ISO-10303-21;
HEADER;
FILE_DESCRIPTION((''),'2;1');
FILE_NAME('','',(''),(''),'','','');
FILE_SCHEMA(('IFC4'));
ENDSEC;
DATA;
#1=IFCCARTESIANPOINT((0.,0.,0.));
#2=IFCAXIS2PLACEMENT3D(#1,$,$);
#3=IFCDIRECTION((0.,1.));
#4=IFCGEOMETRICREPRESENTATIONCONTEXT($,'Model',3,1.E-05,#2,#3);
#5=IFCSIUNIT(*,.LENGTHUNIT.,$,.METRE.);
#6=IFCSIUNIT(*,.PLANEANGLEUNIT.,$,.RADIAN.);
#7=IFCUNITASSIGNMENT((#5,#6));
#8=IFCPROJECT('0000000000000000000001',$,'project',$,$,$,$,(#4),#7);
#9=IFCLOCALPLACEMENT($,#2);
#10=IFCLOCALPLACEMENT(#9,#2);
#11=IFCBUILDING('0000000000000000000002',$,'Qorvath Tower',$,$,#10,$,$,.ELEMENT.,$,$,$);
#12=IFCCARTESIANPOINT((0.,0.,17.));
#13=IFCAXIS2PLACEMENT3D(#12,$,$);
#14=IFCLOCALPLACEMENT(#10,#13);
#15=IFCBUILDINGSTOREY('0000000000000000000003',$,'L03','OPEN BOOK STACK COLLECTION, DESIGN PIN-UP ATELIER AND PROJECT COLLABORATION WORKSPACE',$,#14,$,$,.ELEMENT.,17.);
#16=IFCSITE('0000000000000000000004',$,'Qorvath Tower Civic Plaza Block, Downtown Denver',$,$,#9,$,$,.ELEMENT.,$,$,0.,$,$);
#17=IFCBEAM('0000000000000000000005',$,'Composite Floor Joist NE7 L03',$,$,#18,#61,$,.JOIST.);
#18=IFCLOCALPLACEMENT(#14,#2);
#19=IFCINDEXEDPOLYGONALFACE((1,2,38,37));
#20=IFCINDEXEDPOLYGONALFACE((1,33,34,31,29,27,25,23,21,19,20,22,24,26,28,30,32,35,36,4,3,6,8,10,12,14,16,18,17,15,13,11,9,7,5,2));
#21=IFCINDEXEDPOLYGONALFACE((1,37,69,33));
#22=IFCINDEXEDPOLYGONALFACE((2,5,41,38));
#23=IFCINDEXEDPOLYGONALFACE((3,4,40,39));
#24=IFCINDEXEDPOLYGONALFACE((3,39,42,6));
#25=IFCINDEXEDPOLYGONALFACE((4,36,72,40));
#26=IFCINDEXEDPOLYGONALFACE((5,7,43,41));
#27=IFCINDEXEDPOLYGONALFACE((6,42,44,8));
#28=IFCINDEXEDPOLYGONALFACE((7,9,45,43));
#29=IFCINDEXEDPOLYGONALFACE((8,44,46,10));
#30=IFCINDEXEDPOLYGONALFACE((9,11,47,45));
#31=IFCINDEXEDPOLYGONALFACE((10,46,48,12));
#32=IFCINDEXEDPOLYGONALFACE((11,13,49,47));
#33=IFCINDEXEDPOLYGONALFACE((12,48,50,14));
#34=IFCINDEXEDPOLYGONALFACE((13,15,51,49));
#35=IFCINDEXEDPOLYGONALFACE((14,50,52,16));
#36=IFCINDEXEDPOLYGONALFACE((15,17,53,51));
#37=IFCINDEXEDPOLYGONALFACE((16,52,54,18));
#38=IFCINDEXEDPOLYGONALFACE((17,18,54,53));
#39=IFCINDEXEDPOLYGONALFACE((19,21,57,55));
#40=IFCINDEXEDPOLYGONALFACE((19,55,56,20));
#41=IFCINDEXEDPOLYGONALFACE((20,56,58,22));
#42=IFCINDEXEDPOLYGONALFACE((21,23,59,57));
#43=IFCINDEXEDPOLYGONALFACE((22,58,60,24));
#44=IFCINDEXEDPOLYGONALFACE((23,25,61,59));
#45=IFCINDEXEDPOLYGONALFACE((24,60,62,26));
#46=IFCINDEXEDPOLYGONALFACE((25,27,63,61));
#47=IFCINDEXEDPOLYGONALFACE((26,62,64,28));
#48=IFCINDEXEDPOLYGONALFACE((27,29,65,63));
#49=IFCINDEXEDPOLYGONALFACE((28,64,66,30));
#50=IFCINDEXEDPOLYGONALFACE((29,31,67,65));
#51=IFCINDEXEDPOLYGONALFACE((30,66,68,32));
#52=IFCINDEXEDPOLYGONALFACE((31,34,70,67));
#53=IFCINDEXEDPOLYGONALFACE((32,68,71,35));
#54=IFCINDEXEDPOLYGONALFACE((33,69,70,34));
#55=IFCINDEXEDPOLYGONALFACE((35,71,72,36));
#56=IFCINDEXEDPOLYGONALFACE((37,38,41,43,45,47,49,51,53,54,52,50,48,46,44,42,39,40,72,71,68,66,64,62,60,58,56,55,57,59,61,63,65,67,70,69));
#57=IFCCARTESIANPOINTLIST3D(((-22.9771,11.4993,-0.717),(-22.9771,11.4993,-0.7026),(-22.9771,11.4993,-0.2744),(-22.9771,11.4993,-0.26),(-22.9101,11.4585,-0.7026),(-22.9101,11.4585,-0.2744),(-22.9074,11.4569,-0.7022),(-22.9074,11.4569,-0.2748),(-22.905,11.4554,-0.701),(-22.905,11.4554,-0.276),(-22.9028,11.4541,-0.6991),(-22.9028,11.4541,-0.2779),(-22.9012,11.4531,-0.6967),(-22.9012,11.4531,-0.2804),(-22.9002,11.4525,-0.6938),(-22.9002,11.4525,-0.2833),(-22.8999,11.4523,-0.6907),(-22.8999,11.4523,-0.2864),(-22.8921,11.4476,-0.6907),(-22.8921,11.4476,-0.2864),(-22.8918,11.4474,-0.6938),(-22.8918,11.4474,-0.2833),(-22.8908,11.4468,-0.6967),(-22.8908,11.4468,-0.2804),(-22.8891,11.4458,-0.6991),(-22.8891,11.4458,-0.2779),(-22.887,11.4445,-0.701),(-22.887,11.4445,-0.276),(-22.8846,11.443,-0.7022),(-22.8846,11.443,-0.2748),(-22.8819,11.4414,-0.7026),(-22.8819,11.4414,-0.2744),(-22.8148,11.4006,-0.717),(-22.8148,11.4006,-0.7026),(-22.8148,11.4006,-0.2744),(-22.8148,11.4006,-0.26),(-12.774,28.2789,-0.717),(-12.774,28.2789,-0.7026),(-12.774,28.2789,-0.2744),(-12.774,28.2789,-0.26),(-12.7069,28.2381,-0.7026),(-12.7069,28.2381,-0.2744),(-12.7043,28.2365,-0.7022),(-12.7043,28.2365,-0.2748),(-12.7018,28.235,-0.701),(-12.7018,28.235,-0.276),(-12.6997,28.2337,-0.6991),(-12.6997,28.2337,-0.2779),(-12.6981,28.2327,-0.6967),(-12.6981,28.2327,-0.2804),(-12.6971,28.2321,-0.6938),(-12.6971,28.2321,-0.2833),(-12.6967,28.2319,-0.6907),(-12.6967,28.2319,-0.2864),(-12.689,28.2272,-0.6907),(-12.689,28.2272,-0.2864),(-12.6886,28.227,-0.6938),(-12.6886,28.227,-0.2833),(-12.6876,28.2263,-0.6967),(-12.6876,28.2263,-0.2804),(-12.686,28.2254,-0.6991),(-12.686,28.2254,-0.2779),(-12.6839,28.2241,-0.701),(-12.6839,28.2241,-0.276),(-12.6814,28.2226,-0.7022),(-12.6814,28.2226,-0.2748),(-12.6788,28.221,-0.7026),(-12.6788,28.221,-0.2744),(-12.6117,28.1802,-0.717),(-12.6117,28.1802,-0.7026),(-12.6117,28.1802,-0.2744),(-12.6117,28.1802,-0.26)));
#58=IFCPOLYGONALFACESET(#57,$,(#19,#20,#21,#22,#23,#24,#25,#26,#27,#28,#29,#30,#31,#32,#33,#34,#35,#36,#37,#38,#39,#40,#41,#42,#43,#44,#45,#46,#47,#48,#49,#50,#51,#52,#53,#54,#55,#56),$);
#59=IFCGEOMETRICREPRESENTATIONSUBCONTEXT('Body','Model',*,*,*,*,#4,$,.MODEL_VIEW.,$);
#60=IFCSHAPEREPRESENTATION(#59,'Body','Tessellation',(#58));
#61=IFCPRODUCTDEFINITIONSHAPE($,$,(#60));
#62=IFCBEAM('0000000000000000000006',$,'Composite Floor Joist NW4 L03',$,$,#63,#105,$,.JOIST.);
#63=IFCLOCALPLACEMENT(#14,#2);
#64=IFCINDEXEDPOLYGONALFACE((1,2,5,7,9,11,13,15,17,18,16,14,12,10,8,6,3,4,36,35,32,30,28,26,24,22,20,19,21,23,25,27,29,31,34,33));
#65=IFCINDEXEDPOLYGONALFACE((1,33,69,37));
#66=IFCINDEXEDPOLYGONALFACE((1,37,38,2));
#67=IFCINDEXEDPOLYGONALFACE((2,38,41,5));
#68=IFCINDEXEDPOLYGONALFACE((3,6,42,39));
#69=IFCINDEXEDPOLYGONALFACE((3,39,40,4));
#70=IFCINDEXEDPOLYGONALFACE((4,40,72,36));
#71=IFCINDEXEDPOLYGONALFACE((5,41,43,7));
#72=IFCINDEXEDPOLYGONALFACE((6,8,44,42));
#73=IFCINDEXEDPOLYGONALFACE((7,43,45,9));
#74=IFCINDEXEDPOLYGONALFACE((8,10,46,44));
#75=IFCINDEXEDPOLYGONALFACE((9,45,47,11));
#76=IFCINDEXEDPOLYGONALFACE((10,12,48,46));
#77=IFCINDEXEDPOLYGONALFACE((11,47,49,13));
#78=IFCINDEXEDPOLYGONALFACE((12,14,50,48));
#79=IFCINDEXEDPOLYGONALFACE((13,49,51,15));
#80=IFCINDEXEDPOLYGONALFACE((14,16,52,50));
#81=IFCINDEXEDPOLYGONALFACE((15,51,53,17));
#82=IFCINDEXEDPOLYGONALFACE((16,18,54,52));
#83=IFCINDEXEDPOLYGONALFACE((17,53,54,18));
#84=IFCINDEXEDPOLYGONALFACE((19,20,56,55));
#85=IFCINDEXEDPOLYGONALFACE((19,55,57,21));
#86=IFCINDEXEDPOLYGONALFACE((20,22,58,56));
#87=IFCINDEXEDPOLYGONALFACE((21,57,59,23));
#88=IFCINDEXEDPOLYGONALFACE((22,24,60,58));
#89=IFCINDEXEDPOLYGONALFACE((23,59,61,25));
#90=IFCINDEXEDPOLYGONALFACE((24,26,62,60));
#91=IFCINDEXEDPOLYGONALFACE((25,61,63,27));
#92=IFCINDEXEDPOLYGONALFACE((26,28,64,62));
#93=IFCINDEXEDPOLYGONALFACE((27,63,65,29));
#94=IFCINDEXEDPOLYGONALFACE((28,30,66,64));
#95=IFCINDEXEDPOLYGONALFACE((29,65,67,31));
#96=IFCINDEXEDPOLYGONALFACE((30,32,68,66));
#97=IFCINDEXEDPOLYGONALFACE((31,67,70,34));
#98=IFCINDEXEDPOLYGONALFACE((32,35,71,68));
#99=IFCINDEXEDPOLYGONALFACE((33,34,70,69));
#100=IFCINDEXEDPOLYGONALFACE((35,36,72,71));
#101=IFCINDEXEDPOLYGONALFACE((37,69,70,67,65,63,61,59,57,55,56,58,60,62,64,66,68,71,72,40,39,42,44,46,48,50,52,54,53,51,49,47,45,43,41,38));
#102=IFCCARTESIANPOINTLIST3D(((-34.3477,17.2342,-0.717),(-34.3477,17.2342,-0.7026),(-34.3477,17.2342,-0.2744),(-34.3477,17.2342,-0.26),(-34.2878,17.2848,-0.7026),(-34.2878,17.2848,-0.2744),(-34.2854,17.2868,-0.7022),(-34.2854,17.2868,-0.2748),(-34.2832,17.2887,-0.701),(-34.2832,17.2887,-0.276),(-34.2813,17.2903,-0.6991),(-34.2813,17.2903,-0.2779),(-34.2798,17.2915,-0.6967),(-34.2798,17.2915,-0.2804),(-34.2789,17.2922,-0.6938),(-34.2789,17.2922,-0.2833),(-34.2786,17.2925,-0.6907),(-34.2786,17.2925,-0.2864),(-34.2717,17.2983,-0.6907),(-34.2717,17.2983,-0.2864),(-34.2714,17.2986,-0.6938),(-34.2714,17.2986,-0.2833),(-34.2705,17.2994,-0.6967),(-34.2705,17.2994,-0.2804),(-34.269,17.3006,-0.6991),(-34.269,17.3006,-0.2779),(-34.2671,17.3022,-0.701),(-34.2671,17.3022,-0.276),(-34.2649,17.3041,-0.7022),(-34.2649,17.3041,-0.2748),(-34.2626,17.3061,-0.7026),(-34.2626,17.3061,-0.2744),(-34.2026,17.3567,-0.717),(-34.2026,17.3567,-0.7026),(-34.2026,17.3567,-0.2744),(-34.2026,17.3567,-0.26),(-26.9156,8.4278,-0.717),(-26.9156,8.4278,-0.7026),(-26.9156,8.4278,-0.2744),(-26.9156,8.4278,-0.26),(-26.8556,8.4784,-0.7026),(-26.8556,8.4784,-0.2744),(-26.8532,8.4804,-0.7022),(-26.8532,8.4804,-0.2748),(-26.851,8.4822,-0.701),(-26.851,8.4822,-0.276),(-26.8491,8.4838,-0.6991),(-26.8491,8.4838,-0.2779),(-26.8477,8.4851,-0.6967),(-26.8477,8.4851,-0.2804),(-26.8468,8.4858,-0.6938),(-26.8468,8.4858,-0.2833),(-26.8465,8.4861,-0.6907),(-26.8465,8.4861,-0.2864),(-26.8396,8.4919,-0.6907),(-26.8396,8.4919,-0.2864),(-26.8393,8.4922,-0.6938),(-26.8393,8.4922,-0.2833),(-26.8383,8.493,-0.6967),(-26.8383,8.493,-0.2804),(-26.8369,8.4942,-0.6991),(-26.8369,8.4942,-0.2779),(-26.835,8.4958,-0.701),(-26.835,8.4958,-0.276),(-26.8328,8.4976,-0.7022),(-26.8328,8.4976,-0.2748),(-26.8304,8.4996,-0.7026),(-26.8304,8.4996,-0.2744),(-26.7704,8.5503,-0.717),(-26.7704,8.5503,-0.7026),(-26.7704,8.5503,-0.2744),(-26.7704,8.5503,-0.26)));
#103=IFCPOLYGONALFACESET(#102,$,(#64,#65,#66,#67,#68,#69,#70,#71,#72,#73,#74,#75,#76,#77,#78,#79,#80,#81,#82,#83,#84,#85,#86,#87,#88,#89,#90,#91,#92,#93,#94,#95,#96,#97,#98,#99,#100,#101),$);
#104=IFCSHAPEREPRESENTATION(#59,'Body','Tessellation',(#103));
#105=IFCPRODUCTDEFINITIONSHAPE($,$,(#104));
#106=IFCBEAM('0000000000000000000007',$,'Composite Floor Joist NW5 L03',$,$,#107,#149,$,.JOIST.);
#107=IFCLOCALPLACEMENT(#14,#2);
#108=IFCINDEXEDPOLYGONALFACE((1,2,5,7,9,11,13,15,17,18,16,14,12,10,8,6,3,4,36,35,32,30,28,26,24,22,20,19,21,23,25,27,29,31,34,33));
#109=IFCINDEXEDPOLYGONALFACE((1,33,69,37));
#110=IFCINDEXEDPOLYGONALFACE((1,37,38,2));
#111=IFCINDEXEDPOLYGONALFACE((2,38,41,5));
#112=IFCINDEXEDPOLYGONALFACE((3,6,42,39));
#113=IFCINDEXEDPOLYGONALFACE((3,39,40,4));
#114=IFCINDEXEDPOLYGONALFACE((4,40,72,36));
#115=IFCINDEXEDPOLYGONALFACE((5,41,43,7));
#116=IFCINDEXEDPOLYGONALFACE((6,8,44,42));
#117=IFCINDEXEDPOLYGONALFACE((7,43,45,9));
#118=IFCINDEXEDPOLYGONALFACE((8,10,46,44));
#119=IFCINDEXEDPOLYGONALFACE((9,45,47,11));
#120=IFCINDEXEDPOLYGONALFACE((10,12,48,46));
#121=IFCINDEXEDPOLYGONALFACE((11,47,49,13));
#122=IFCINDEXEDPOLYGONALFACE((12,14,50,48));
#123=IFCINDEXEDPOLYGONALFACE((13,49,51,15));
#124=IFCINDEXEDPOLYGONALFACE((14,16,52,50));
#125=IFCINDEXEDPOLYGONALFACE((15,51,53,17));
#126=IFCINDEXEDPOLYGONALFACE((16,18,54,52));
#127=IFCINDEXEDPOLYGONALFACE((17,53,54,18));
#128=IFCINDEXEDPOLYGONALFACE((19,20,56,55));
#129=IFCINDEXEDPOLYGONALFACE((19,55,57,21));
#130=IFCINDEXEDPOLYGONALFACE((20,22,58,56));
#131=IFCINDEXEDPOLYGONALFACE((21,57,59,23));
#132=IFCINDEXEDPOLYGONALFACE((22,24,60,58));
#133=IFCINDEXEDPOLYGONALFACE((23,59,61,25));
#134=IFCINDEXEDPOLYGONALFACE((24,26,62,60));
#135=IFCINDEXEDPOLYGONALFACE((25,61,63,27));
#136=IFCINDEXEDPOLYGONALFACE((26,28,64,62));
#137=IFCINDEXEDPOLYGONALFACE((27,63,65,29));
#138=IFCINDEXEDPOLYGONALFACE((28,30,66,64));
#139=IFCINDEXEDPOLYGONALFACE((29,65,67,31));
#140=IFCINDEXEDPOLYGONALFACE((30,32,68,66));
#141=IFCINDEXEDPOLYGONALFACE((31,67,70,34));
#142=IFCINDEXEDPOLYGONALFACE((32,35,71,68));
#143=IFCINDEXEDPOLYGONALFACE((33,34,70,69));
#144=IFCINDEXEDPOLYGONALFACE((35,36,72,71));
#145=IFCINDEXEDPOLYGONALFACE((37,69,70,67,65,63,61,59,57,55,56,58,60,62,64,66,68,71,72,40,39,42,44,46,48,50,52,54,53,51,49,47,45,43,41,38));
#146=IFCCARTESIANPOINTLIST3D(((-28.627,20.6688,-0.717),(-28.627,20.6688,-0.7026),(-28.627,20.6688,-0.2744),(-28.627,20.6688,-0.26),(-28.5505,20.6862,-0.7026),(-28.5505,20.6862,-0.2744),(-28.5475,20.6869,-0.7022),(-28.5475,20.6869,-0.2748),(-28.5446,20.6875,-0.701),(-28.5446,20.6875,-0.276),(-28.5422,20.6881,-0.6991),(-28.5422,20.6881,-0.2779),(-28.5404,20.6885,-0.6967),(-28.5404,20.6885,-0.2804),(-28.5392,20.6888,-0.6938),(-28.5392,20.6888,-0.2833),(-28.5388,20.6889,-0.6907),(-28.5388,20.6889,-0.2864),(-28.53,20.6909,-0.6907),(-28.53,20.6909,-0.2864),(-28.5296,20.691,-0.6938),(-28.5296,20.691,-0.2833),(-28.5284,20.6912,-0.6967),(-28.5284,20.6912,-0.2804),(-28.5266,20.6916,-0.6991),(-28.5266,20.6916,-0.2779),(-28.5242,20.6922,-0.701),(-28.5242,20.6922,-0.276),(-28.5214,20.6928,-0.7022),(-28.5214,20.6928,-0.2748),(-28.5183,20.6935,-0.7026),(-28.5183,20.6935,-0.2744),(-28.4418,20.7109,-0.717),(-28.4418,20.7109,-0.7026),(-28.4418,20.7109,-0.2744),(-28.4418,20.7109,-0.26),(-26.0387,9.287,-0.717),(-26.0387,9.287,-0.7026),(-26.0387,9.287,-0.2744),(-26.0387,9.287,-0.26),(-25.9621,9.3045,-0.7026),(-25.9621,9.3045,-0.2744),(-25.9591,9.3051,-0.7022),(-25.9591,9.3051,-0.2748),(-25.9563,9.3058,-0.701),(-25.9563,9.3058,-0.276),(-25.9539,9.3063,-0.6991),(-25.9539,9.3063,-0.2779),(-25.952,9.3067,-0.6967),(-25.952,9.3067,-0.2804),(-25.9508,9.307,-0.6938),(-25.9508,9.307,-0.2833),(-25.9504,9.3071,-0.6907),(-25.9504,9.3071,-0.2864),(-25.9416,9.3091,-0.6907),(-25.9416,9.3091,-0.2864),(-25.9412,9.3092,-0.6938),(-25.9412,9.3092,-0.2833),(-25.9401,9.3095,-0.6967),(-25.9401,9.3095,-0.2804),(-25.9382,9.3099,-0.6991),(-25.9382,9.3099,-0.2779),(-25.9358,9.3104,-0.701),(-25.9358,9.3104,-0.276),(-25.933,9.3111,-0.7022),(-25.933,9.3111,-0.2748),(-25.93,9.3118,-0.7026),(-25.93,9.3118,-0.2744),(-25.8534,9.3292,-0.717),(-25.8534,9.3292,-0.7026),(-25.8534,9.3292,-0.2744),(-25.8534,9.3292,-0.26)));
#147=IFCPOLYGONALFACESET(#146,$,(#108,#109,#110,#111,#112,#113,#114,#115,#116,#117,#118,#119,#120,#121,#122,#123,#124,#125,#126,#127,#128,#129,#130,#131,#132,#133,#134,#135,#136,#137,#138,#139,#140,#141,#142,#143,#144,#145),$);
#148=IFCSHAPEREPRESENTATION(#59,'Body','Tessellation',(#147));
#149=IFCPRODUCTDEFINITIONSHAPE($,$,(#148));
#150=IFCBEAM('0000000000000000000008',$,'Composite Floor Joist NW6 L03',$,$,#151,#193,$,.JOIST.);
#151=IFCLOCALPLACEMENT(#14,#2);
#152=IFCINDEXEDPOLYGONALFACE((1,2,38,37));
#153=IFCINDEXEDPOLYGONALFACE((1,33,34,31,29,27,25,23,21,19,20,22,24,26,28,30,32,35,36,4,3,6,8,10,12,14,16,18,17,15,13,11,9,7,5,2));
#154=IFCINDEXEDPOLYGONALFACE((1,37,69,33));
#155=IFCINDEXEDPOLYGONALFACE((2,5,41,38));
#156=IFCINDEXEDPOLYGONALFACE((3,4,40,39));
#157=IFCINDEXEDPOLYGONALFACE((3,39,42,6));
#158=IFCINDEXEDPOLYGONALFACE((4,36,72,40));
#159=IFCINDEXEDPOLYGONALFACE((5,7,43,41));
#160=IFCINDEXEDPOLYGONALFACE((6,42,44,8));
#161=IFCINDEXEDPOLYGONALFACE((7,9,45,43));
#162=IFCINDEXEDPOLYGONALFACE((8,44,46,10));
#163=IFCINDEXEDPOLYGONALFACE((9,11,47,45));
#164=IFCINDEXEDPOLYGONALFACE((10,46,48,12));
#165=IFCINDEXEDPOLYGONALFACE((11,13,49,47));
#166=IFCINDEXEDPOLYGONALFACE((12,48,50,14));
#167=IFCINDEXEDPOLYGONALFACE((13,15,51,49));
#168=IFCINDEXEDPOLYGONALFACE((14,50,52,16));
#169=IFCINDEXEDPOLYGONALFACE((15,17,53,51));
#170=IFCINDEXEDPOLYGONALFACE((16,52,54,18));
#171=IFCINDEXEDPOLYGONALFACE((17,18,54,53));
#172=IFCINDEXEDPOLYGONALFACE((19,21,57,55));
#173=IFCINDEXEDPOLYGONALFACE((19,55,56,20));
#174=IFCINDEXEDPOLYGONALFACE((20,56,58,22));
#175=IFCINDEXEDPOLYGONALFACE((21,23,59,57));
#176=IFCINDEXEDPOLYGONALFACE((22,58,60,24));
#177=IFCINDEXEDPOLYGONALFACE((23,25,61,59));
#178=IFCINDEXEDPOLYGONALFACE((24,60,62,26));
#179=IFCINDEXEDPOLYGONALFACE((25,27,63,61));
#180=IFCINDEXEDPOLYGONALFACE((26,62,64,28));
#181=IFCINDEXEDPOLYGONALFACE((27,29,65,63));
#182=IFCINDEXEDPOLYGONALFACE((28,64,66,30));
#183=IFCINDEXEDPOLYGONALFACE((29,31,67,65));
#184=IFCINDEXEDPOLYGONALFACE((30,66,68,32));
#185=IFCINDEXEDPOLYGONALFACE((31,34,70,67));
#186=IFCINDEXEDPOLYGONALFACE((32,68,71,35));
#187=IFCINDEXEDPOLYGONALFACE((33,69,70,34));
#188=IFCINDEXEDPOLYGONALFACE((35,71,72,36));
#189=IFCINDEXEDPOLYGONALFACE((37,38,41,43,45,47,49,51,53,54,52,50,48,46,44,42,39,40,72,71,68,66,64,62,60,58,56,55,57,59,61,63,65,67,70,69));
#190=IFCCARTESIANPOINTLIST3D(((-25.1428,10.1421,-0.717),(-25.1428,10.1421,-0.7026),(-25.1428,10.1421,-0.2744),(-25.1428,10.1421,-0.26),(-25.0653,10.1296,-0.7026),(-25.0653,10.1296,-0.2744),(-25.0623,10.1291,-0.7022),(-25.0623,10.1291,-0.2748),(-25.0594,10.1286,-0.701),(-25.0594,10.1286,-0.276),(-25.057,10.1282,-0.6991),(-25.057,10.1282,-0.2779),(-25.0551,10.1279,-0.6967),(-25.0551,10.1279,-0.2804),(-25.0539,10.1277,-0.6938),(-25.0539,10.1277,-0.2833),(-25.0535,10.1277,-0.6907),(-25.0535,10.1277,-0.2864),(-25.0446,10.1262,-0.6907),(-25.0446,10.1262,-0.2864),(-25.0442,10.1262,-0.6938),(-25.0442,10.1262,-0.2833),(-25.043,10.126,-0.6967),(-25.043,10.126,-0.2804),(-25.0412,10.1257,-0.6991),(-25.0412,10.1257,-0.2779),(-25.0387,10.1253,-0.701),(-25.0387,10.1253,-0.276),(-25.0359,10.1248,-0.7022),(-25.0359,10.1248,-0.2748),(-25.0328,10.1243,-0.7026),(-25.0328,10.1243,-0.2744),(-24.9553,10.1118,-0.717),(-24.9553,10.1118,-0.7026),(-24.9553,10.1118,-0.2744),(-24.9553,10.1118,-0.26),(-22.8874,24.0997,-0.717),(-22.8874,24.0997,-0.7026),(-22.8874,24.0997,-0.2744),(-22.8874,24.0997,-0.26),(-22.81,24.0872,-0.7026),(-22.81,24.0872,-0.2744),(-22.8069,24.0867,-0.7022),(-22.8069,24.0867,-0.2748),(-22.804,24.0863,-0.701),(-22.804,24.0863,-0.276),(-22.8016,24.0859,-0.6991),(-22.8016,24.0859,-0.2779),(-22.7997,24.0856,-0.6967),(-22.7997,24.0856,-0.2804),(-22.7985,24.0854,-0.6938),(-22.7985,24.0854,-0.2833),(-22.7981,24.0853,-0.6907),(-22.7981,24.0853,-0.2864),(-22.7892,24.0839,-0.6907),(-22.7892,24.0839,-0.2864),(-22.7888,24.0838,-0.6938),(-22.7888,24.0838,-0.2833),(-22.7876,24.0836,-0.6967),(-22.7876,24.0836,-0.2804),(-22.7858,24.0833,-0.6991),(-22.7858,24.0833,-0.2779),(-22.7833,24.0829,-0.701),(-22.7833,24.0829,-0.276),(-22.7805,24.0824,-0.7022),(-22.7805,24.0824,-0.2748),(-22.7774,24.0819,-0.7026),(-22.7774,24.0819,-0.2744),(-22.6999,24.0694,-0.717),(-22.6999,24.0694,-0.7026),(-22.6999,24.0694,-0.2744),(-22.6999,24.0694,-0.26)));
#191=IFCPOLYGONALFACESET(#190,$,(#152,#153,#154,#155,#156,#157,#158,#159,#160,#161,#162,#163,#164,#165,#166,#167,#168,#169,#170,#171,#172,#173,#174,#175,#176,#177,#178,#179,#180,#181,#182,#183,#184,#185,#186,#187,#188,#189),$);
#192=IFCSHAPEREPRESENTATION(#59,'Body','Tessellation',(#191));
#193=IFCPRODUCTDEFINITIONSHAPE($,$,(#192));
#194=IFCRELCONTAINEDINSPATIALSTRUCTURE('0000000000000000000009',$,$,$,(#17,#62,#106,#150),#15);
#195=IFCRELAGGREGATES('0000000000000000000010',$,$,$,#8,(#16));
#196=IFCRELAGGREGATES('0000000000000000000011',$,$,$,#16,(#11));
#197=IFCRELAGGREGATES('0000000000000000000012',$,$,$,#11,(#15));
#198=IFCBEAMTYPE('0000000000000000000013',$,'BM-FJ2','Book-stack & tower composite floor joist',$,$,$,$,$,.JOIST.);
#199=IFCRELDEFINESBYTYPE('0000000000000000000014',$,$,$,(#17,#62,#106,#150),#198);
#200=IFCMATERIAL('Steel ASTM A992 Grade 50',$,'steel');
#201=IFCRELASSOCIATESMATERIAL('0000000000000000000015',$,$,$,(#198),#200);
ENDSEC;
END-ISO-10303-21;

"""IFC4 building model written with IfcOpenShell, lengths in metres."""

from ifc_helpers import new_model, si_unit, direction, frame, origin, origin_2d, place, context, subcontext, project, spatial, i_section, extrude, material, material_profile, profile_set, type_object, element, save


model = new_model("IFC4")

# Units and contexts
model_context = context("Model", 3, precision=1e-05, world=origin(), true_north=direction((0.0, 1.0)))
body_context = subcontext(model_context, "Body", "Model", "MODEL_VIEW")
ifc_project = project(units=[si_unit("LENGTHUNIT", "METRE"), si_unit("PLANEANGLEUNIT", "RADIAN")], contexts=[model_context])

# Site, building, storey
site_placement = place(None, origin())
site = spatial("IfcSite", under=ifc_project, at=site_placement, Name="Qorvath Tower Civic Plaza Block, Downtown Denver", CompositionType="ELEMENT", RefElevation=0.0)
building_placement = place(site_placement, origin())
building = spatial("IfcBuilding", under=site, at=building_placement, Name="Qorvath Tower", CompositionType="ELEMENT")
storey_placement = place(building_placement, frame((0.0, 0.0, 17.0)))
storey = spatial("IfcBuildingStorey", under=building, at=storey_placement, Name="L03", Description="OPEN BOOK STACK COLLECTION, DESIGN PIN-UP ATELIER AND PROJECT COLLABORATION WORKSPACE", CompositionType="ELEMENT", Elevation=17.0)

# Beams
ifc_material_1 = material(Name="Steel ASTM A992 Grade 50", Category="steel")
ifc_material_profile_1 = material_profile(ifc_material_1, i_section(OverallWidth=0.1899, OverallDepth=0.457, WebThickness=0.009, FlangeThickness=0.0144, FilletRadius=0.012, at=origin_2d()), Name="W18x50")
ifc_profile_set_1 = profile_set([ifc_material_profile_1], Name="Steel ASTM A992 Grade 50")
beam_type_1 = type_object("IfcBeamType", Name="BM-FJ2", Description="Book-stack & tower composite floor joist", PredefinedType="JOIST", material=ifc_profile_set_1)
beam_1_placement = place(storey_placement, frame((-22.896, 11.45, -0.4885), z_axis=(0.519556, 0.854436, 0.0), x_axis=(-0.854436, 0.519556, 0.0)))
element("IfcBeam", 1, at=beam_1_placement, inside=storey, type_object=beam_type_1, Name="Composite Floor Joist NE7 L03", PredefinedType="JOIST", context=body_context, shape_type="SweptSolid", body=[
    extrude(i_section(OverallWidth=0.1899, OverallDepth=0.457, WebThickness=0.009, FlangeThickness=0.0144, FilletRadius=0.012, at=origin_2d()), origin(), (0.0, 0.0, 1.0), 19.6382),
])
beam_2_placement = place(storey_placement, frame((-26.843, 8.489, -0.4885), z_axis=(-0.644959, 0.764217, 0.0), x_axis=(-0.764217, -0.644959, 0.0)))
element("IfcBeam", 2, at=beam_2_placement, inside=storey, type_object=beam_type_1, Name="Composite Floor Joist NW4 L03", PredefinedType="JOIST", context=body_context, shape_type="SweptSolid", body=[
    extrude(i_section(OverallWidth=0.1899, OverallDepth=0.457, WebThickness=0.009, FlangeThickness=0.0144, FilletRadius=0.012, at=origin_2d()), origin(), (0.0, 0.0, 1.0), 11.5234),
])
beam_3_placement = place(storey_placement, frame((-25.946, 9.3081, -0.4885), z_axis=(-0.221751, 0.975103, 0.0), x_axis=(-0.975103, -0.221751, 0.0)))
element("IfcBeam", 3, at=beam_3_placement, inside=storey, type_object=beam_type_1, Name="Composite Floor Joist NW5 L03", PredefinedType="JOIST", context=body_context, shape_type="SweptSolid", body=[
    extrude(i_section(OverallWidth=0.1899, OverallDepth=0.457, WebThickness=0.009, FlangeThickness=0.0144, FilletRadius=0.012, at=origin_2d()), origin(), (0.0, 0.0, 1.0), 11.6724),
])
beam_4_placement = place(storey_placement, frame((-25.0491, 10.127, -0.4885), z_axis=(0.159519, 0.987195, 0.0), x_axis=(-0.987195, 0.159519, 0.0)))
element("IfcBeam", 4, at=beam_4_placement, inside=storey, type_object=beam_type_1, Name="Composite Floor Joist NW6 L03", PredefinedType="JOIST", context=body_context, shape_type="SweptSolid", body=[
    extrude(i_section(OverallWidth=0.1899, OverallDepth=0.457, WebThickness=0.009, FlangeThickness=0.0144, FilletRadius=0.012, at=origin_2d()), origin(), (0.0, 0.0, 1.0), 14.1387),
])

save(model, "model.ifc")
